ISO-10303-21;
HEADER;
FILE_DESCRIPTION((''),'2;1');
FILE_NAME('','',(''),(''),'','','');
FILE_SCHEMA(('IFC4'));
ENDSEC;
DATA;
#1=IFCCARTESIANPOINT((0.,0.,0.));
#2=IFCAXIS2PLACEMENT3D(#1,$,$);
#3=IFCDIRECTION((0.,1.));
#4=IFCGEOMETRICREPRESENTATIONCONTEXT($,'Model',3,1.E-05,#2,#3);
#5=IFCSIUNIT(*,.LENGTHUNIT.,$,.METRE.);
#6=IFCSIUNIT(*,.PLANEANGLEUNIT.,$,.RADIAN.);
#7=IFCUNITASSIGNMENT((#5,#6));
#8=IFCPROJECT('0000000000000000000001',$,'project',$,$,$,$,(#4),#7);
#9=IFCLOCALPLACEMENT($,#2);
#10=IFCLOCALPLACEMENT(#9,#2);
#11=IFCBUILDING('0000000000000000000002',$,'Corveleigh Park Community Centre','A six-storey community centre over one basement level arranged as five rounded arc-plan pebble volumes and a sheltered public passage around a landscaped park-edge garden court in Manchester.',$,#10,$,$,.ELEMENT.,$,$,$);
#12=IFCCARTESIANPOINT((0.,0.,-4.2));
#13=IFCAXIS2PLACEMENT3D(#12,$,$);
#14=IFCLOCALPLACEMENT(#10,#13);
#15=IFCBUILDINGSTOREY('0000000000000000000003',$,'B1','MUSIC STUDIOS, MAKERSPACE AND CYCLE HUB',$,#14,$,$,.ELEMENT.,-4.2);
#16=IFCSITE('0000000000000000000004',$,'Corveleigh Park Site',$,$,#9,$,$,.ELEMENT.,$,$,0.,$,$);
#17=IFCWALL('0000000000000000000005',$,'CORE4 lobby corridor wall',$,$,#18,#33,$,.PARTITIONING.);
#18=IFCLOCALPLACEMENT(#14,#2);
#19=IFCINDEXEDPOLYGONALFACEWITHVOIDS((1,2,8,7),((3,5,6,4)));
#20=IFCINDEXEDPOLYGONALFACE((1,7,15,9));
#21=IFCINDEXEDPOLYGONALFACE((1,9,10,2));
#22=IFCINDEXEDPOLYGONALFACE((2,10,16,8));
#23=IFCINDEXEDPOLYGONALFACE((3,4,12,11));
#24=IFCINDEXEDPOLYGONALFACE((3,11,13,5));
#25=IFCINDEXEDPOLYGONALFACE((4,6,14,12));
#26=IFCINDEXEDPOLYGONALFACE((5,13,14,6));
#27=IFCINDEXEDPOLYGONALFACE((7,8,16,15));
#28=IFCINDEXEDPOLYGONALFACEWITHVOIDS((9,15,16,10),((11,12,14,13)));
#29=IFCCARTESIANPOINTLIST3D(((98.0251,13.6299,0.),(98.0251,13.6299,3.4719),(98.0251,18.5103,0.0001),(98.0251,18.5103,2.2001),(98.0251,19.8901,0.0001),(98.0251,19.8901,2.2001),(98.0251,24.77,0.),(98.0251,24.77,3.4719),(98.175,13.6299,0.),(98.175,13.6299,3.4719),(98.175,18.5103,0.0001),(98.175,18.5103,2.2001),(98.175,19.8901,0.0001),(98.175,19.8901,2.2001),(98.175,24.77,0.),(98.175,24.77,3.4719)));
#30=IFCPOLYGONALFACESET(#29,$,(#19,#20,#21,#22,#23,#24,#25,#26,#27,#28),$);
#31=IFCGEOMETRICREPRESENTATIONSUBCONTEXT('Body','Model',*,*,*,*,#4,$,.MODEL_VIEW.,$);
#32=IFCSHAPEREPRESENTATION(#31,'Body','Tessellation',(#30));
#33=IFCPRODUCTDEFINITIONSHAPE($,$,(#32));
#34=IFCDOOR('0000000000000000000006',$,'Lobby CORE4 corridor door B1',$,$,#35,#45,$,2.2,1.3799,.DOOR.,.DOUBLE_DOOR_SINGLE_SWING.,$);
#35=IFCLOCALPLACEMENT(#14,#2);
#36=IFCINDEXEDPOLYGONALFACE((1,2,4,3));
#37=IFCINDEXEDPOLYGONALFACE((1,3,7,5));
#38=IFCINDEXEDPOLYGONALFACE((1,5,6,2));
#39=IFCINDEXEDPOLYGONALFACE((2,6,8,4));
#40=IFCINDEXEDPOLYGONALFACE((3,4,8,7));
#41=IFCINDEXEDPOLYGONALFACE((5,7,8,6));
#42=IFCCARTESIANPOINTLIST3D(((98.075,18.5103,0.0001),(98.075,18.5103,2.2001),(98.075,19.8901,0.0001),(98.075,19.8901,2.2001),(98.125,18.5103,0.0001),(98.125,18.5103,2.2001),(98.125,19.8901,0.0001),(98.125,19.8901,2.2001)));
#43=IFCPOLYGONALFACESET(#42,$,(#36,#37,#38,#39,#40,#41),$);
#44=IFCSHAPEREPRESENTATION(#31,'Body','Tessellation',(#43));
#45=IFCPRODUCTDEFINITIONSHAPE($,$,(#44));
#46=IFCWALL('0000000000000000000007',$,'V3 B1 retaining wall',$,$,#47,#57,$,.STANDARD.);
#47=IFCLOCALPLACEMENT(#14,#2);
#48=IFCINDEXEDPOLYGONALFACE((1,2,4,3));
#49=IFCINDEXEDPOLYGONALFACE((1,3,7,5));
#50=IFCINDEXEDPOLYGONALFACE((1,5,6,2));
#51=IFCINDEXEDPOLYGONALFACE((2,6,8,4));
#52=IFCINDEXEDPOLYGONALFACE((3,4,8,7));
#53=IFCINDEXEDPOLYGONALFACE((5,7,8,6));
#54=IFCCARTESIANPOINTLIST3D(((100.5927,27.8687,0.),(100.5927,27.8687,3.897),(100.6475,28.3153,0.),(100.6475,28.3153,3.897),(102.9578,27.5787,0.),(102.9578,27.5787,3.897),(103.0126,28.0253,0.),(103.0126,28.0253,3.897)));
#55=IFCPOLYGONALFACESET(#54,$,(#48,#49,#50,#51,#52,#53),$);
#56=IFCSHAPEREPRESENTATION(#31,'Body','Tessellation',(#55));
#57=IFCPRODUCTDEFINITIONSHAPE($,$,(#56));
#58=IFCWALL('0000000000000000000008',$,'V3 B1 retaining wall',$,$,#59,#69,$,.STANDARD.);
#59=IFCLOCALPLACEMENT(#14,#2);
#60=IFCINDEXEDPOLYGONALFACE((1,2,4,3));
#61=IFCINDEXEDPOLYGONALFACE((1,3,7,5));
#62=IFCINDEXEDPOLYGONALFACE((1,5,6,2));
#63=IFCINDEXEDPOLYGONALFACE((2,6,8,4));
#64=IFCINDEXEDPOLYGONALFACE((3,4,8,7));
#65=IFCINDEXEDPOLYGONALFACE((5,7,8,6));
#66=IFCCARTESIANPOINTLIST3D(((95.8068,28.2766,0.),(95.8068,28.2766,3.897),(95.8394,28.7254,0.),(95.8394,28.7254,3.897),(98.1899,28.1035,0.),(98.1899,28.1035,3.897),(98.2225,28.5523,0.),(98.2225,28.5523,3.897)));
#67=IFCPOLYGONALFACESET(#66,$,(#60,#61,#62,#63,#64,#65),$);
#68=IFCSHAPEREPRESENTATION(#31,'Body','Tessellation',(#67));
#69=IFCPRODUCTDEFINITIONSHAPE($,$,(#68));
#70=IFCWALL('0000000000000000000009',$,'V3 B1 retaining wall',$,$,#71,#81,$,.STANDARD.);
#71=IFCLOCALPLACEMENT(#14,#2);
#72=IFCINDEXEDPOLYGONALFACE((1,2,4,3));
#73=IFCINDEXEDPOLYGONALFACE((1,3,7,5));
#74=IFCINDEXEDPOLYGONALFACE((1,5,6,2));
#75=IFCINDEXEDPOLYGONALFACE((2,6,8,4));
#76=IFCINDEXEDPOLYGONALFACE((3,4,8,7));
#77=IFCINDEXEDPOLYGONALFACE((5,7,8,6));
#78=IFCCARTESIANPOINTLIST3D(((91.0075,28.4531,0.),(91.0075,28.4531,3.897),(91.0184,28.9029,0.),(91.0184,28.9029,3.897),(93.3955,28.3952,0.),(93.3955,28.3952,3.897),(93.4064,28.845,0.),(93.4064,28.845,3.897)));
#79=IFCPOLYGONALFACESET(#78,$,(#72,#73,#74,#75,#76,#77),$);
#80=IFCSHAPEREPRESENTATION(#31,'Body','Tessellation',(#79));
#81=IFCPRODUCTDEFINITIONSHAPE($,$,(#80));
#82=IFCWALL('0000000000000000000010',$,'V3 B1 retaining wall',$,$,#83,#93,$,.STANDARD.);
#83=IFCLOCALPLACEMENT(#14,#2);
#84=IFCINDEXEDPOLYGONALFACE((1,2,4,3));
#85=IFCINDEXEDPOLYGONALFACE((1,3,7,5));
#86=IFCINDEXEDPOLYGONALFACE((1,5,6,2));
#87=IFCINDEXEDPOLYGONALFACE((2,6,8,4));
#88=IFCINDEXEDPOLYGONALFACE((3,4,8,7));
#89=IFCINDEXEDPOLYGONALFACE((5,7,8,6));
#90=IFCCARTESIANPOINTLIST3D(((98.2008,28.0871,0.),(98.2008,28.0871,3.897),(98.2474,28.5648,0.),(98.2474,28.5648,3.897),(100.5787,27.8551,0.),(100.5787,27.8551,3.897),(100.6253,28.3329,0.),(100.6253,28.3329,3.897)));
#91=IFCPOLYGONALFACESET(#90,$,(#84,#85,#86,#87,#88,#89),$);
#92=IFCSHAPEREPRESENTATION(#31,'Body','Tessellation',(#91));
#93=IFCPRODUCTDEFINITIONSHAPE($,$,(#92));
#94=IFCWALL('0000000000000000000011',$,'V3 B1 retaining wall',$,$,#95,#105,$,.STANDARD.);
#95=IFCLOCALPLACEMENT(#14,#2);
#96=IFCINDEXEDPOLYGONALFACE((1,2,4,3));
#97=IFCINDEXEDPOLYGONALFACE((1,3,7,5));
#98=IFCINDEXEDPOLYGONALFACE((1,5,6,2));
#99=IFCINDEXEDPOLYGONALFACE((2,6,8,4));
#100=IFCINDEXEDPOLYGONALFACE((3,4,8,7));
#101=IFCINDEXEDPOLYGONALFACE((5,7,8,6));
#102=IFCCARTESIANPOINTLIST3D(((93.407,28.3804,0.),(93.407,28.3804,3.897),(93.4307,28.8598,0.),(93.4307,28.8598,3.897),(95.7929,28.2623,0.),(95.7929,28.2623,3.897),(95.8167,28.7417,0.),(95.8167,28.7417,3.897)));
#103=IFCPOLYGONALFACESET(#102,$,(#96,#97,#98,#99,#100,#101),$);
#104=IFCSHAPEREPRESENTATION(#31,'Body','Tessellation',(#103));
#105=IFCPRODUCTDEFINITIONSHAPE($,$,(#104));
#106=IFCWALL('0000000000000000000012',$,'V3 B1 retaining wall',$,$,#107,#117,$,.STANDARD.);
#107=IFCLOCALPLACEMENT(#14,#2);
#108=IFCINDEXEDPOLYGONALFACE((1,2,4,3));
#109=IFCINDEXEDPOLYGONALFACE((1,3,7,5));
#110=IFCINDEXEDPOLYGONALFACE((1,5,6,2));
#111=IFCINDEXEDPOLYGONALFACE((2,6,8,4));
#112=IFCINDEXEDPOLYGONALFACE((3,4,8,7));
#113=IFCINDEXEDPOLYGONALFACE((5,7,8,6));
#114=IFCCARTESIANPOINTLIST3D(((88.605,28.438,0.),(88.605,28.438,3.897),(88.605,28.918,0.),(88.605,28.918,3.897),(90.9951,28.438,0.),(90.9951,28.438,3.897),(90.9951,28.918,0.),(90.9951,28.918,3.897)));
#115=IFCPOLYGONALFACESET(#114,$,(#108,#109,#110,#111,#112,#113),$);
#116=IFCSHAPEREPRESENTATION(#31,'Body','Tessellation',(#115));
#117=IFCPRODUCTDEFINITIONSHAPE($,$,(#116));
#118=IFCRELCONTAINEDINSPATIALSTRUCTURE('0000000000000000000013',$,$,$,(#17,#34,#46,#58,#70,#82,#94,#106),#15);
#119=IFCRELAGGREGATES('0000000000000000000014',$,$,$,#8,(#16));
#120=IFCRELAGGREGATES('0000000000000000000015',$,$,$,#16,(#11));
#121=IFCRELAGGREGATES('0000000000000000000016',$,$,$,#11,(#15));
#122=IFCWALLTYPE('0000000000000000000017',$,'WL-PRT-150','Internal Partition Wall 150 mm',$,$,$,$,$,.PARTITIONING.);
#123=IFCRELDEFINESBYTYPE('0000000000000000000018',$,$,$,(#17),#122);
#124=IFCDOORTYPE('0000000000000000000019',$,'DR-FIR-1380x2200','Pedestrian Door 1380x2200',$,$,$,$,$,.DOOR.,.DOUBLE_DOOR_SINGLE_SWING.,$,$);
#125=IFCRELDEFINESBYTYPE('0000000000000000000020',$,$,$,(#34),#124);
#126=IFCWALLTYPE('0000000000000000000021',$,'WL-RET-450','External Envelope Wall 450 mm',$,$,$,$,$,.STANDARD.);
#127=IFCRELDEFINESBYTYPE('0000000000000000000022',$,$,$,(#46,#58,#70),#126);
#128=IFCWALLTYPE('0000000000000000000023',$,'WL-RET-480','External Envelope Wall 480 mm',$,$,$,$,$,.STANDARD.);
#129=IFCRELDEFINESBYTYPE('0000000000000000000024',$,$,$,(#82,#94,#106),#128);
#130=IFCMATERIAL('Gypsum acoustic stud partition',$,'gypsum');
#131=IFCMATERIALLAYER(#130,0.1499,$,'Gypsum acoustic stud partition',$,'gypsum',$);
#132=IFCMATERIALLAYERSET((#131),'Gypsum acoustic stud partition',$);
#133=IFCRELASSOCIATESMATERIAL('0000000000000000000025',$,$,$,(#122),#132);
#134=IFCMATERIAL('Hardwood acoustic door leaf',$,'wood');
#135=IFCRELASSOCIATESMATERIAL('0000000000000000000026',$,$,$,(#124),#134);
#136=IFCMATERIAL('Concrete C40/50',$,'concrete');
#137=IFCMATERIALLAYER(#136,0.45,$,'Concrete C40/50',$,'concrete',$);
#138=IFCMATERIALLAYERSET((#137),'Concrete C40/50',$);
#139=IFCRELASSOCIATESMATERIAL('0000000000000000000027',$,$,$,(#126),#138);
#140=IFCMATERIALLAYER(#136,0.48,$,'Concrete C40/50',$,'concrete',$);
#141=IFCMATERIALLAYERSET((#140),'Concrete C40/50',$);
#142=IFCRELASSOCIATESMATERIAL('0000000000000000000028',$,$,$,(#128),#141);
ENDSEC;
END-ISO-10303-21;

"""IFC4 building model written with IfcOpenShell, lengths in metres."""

from ifc_helpers import new_model, si_unit, direction, frame, frame_2d, origin, place, context, subcontext, project, spatial, rectangle, extrude, material, layer, layer_set, type_object, element, fill, save


model = new_model("IFC4")

# Units and contexts
model_context = context("Model", 3, precision=1e-05, world=origin(), true_north=direction((0.0, 1.0)))
body_context = subcontext(model_context, "Body", "Model", "MODEL_VIEW")
ifc_project = project(units=[si_unit("LENGTHUNIT", "METRE"), si_unit("PLANEANGLEUNIT", "RADIAN")], contexts=[model_context])

# Site, building, storey
site_placement = place(None, origin())
site = spatial("IfcSite", under=ifc_project, at=site_placement, Name="Corveleigh Park Site", CompositionType="ELEMENT", RefElevation=0.0)
building_placement = place(site_placement, origin())
building = spatial("IfcBuilding", under=site, at=building_placement, Name="Corveleigh Park Community Centre", Description="A six-storey community centre over one basement level arranged as five rounded arc-plan pebble volumes and a sheltered public passage around a landscaped park-edge garden court in Manchester.", CompositionType="ELEMENT")
storey_placement = place(building_placement, frame((0.0, 0.0, -4.2)))
storey = spatial("IfcBuildingStorey", under=building, at=storey_placement, Name="B1", Description="MUSIC STUDIOS, MAKERSPACE AND CYCLE HUB", CompositionType="ELEMENT", Elevation=-4.2)

# Shared definitions
ifc_material_1 = material(Name="Concrete C40/50", Category="concrete")

# Wall, opening, door
ifc_material_2 = material(Name="Gypsum acoustic stud partition", Category="gypsum")
ifc_layer_1 = layer(ifc_material_2, 0.1499, Name="Gypsum acoustic stud partition", Category="gypsum")
ifc_layer_set_1 = layer_set([ifc_layer_1], Name="Gypsum acoustic stud partition")
wall_type_1 = type_object("IfcWallType", Name="WL-PRT-150", Description="Internal Partition Wall 150 mm", PredefinedType="PARTITIONING", material=ifc_layer_set_1)
wall_1_placement = place(storey_placement, frame((98.1001, 24.77, 0.0), z_axis=(0.0, 0.0, 1.0), x_axis=(0.0, -1.0, 0.0)))
wall_1 = element("IfcWall", 1, at=wall_1_placement, inside=storey, type_object=wall_type_1, Name="CORE4 lobby corridor wall", PredefinedType="PARTITIONING", context=body_context, shape_type="SweptSolid", body=[
    extrude(rectangle(XDim=11.1401, YDim=0.1499, at=frame_2d((5.5701, 0.0))), origin(), (0.0, 0.0, 1.0), 3.4719),
])
opening_placement = place(wall_1_placement, frame((4.8799, 0.0, 0.0)))
opening = element("IfcOpeningElement", 2, at=opening_placement, cuts=wall_1, PredefinedType="OPENING", context=body_context, shape_type="SweptSolid", body=[
    extrude(rectangle(XDim=1.3799, YDim=2.2, at=frame_2d((0.6899, 1.1001))), frame((0.0, 0.085, 0.0), z_axis=(0.0, -1.0, 0.0), x_axis=(1.0, 0.0, 0.0)), (0.0, 0.0, 1.0), 0.1699),
])
ifc_material_3 = material(Name="Hardwood acoustic door leaf", Category="wood")
door_type = type_object("IfcDoorType", Name="DR-FIR-1380x2200", Description="Pedestrian Door 1380x2200", OperationType="DOUBLE_DOOR_SINGLE_SWING", PredefinedType="DOOR", material=ifc_material_3)
door_placement = place(opening_placement, origin())
door = element("IfcDoor", 3, at=door_placement, inside=storey, type_object=door_type, Name="Lobby CORE4 corridor door B1", OperationType="DOUBLE_DOOR_SINGLE_SWING", OverallHeight=2.2, OverallWidth=1.3799, PredefinedType="DOOR", context=body_context, shape_type="SweptSolid", body=[
    extrude(rectangle(XDim=1.3799, YDim=2.2, at=frame_2d((0.6899, 1.1001))), frame((0.0, 0.0249, 0.0), z_axis=(0.0, -1.0, 0.0), x_axis=(1.0, 0.0, 0.0)), (0.0, 0.0, 1.0), 0.05),
])
fill(opening, door)

# Walls
ifc_layer_2 = layer(ifc_material_1, 0.45, Name="Concrete C40/50", Category="concrete")
ifc_layer_set_2 = layer_set([ifc_layer_2], Name="Concrete C40/50")
wall_type_2 = type_object("IfcWallType", Name="WL-RET-450", Description="External Envelope Wall 450 mm", PredefinedType="STANDARD", material=ifc_layer_set_2)
wall_2_placement = place(storey_placement, frame((100.6201, 28.092, 0.0), z_axis=(0.0, 0.0, 1.0), x_axis=(0.992564, -0.121727, 0.0)))
element("IfcWall", 4, at=wall_2_placement, inside=storey, type_object=wall_type_2, Name="V3 B1 retaining wall", PredefinedType="STANDARD", context=body_context, shape_type="SweptSolid", body=[
    extrude(rectangle(XDim=2.3828, YDim=0.45, at=frame_2d((1.1914, 0.0))), origin(), (0.0, 0.0, 1.0), 3.897),
])
wall_3_placement = place(storey_placement, frame((95.823, 28.501, 0.0), z_axis=(0.0, 0.0, 1.0), x_axis=(0.997372, -0.072445, 0.0)))
element("IfcWall", 5, at=wall_3_placement, inside=storey, type_object=wall_type_2, Name="V3 B1 retaining wall", PredefinedType="STANDARD", context=body_context, shape_type="SweptSolid", body=[
    extrude(rectangle(XDim=2.3894, YDim=0.45, at=frame_2d((1.1948, 0.0))), origin(), (0.0, 0.0, 1.0), 3.897),
])
wall_4_placement = place(storey_placement, frame((91.0129, 28.678, 0.0), z_axis=(0.0, 0.0, 1.0), x_axis=(0.999707, -0.024224, 0.0)))
element("IfcWall", 6, at=wall_4_placement, inside=storey, type_object=wall_type_2, Name="V3 B1 retaining wall", PredefinedType="STANDARD", context=body_context, shape_type="SweptSolid", body=[
    extrude(rectangle(XDim=2.3887, YDim=0.45, at=frame_2d((1.1943, 0.0))), origin(), (0.0, 0.0, 1.0), 3.897),
])
ifc_layer_3 = layer(ifc_material_1, 0.48, Name="Concrete C40/50", Category="concrete")
ifc_layer_set_3 = layer_set([ifc_layer_3], Name="Concrete C40/50")
wall_type_3 = type_object("IfcWallType", Name="WL-RET-480", Description="External Envelope Wall 480 mm", PredefinedType="STANDARD", material=ifc_layer_set_3)
wall_5_placement = place(storey_placement, frame((98.2241, 28.3259, 0.0), z_axis=(0.0, 0.0, 1.0), x_axis=(0.995277, -0.097075, 0.0)))
element("IfcWall", 7, at=wall_5_placement, inside=storey, type_object=wall_type_3, Name="V3 B1 retaining wall", PredefinedType="STANDARD", context=body_context, shape_type="SweptSolid", body=[
    extrude(rectangle(XDim=2.3892, YDim=0.48, at=frame_2d((1.1946, 0.0))), origin(), (0.0, 0.0, 1.0), 3.897),
])
wall_6_placement = place(storey_placement, frame((93.4189, 28.6201, 0.0), z_axis=(0.0, 0.0, 1.0), x_axis=(0.998776, -0.049464, 0.0)))
element("IfcWall", 8, at=wall_6_placement, inside=storey, type_object=wall_type_3, Name="V3 B1 retaining wall", PredefinedType="STANDARD", context=body_context, shape_type="SweptSolid", body=[
    extrude(rectangle(XDim=2.3889, YDim=0.48, at=frame_2d((1.1943, 0.0))), origin(), (0.0, 0.0, 1.0), 3.897),
])
wall_7_placement = place(storey_placement, frame((88.605, 28.678, 0.0), z_axis=(0.0, 0.0, 1.0), x_axis=(1.0, 0.0, 0.0)))
element("IfcWall", 9, at=wall_7_placement, inside=storey, type_object=wall_type_3, Name="V3 B1 retaining wall", PredefinedType="STANDARD", context=body_context, shape_type="SweptSolid", body=[
    extrude(rectangle(XDim=2.3901, YDim=0.48, at=frame_2d((1.1951, 0.0))), origin(), (0.0, 0.0, 1.0), 3.897),
])

save(model, "model.ifc")
